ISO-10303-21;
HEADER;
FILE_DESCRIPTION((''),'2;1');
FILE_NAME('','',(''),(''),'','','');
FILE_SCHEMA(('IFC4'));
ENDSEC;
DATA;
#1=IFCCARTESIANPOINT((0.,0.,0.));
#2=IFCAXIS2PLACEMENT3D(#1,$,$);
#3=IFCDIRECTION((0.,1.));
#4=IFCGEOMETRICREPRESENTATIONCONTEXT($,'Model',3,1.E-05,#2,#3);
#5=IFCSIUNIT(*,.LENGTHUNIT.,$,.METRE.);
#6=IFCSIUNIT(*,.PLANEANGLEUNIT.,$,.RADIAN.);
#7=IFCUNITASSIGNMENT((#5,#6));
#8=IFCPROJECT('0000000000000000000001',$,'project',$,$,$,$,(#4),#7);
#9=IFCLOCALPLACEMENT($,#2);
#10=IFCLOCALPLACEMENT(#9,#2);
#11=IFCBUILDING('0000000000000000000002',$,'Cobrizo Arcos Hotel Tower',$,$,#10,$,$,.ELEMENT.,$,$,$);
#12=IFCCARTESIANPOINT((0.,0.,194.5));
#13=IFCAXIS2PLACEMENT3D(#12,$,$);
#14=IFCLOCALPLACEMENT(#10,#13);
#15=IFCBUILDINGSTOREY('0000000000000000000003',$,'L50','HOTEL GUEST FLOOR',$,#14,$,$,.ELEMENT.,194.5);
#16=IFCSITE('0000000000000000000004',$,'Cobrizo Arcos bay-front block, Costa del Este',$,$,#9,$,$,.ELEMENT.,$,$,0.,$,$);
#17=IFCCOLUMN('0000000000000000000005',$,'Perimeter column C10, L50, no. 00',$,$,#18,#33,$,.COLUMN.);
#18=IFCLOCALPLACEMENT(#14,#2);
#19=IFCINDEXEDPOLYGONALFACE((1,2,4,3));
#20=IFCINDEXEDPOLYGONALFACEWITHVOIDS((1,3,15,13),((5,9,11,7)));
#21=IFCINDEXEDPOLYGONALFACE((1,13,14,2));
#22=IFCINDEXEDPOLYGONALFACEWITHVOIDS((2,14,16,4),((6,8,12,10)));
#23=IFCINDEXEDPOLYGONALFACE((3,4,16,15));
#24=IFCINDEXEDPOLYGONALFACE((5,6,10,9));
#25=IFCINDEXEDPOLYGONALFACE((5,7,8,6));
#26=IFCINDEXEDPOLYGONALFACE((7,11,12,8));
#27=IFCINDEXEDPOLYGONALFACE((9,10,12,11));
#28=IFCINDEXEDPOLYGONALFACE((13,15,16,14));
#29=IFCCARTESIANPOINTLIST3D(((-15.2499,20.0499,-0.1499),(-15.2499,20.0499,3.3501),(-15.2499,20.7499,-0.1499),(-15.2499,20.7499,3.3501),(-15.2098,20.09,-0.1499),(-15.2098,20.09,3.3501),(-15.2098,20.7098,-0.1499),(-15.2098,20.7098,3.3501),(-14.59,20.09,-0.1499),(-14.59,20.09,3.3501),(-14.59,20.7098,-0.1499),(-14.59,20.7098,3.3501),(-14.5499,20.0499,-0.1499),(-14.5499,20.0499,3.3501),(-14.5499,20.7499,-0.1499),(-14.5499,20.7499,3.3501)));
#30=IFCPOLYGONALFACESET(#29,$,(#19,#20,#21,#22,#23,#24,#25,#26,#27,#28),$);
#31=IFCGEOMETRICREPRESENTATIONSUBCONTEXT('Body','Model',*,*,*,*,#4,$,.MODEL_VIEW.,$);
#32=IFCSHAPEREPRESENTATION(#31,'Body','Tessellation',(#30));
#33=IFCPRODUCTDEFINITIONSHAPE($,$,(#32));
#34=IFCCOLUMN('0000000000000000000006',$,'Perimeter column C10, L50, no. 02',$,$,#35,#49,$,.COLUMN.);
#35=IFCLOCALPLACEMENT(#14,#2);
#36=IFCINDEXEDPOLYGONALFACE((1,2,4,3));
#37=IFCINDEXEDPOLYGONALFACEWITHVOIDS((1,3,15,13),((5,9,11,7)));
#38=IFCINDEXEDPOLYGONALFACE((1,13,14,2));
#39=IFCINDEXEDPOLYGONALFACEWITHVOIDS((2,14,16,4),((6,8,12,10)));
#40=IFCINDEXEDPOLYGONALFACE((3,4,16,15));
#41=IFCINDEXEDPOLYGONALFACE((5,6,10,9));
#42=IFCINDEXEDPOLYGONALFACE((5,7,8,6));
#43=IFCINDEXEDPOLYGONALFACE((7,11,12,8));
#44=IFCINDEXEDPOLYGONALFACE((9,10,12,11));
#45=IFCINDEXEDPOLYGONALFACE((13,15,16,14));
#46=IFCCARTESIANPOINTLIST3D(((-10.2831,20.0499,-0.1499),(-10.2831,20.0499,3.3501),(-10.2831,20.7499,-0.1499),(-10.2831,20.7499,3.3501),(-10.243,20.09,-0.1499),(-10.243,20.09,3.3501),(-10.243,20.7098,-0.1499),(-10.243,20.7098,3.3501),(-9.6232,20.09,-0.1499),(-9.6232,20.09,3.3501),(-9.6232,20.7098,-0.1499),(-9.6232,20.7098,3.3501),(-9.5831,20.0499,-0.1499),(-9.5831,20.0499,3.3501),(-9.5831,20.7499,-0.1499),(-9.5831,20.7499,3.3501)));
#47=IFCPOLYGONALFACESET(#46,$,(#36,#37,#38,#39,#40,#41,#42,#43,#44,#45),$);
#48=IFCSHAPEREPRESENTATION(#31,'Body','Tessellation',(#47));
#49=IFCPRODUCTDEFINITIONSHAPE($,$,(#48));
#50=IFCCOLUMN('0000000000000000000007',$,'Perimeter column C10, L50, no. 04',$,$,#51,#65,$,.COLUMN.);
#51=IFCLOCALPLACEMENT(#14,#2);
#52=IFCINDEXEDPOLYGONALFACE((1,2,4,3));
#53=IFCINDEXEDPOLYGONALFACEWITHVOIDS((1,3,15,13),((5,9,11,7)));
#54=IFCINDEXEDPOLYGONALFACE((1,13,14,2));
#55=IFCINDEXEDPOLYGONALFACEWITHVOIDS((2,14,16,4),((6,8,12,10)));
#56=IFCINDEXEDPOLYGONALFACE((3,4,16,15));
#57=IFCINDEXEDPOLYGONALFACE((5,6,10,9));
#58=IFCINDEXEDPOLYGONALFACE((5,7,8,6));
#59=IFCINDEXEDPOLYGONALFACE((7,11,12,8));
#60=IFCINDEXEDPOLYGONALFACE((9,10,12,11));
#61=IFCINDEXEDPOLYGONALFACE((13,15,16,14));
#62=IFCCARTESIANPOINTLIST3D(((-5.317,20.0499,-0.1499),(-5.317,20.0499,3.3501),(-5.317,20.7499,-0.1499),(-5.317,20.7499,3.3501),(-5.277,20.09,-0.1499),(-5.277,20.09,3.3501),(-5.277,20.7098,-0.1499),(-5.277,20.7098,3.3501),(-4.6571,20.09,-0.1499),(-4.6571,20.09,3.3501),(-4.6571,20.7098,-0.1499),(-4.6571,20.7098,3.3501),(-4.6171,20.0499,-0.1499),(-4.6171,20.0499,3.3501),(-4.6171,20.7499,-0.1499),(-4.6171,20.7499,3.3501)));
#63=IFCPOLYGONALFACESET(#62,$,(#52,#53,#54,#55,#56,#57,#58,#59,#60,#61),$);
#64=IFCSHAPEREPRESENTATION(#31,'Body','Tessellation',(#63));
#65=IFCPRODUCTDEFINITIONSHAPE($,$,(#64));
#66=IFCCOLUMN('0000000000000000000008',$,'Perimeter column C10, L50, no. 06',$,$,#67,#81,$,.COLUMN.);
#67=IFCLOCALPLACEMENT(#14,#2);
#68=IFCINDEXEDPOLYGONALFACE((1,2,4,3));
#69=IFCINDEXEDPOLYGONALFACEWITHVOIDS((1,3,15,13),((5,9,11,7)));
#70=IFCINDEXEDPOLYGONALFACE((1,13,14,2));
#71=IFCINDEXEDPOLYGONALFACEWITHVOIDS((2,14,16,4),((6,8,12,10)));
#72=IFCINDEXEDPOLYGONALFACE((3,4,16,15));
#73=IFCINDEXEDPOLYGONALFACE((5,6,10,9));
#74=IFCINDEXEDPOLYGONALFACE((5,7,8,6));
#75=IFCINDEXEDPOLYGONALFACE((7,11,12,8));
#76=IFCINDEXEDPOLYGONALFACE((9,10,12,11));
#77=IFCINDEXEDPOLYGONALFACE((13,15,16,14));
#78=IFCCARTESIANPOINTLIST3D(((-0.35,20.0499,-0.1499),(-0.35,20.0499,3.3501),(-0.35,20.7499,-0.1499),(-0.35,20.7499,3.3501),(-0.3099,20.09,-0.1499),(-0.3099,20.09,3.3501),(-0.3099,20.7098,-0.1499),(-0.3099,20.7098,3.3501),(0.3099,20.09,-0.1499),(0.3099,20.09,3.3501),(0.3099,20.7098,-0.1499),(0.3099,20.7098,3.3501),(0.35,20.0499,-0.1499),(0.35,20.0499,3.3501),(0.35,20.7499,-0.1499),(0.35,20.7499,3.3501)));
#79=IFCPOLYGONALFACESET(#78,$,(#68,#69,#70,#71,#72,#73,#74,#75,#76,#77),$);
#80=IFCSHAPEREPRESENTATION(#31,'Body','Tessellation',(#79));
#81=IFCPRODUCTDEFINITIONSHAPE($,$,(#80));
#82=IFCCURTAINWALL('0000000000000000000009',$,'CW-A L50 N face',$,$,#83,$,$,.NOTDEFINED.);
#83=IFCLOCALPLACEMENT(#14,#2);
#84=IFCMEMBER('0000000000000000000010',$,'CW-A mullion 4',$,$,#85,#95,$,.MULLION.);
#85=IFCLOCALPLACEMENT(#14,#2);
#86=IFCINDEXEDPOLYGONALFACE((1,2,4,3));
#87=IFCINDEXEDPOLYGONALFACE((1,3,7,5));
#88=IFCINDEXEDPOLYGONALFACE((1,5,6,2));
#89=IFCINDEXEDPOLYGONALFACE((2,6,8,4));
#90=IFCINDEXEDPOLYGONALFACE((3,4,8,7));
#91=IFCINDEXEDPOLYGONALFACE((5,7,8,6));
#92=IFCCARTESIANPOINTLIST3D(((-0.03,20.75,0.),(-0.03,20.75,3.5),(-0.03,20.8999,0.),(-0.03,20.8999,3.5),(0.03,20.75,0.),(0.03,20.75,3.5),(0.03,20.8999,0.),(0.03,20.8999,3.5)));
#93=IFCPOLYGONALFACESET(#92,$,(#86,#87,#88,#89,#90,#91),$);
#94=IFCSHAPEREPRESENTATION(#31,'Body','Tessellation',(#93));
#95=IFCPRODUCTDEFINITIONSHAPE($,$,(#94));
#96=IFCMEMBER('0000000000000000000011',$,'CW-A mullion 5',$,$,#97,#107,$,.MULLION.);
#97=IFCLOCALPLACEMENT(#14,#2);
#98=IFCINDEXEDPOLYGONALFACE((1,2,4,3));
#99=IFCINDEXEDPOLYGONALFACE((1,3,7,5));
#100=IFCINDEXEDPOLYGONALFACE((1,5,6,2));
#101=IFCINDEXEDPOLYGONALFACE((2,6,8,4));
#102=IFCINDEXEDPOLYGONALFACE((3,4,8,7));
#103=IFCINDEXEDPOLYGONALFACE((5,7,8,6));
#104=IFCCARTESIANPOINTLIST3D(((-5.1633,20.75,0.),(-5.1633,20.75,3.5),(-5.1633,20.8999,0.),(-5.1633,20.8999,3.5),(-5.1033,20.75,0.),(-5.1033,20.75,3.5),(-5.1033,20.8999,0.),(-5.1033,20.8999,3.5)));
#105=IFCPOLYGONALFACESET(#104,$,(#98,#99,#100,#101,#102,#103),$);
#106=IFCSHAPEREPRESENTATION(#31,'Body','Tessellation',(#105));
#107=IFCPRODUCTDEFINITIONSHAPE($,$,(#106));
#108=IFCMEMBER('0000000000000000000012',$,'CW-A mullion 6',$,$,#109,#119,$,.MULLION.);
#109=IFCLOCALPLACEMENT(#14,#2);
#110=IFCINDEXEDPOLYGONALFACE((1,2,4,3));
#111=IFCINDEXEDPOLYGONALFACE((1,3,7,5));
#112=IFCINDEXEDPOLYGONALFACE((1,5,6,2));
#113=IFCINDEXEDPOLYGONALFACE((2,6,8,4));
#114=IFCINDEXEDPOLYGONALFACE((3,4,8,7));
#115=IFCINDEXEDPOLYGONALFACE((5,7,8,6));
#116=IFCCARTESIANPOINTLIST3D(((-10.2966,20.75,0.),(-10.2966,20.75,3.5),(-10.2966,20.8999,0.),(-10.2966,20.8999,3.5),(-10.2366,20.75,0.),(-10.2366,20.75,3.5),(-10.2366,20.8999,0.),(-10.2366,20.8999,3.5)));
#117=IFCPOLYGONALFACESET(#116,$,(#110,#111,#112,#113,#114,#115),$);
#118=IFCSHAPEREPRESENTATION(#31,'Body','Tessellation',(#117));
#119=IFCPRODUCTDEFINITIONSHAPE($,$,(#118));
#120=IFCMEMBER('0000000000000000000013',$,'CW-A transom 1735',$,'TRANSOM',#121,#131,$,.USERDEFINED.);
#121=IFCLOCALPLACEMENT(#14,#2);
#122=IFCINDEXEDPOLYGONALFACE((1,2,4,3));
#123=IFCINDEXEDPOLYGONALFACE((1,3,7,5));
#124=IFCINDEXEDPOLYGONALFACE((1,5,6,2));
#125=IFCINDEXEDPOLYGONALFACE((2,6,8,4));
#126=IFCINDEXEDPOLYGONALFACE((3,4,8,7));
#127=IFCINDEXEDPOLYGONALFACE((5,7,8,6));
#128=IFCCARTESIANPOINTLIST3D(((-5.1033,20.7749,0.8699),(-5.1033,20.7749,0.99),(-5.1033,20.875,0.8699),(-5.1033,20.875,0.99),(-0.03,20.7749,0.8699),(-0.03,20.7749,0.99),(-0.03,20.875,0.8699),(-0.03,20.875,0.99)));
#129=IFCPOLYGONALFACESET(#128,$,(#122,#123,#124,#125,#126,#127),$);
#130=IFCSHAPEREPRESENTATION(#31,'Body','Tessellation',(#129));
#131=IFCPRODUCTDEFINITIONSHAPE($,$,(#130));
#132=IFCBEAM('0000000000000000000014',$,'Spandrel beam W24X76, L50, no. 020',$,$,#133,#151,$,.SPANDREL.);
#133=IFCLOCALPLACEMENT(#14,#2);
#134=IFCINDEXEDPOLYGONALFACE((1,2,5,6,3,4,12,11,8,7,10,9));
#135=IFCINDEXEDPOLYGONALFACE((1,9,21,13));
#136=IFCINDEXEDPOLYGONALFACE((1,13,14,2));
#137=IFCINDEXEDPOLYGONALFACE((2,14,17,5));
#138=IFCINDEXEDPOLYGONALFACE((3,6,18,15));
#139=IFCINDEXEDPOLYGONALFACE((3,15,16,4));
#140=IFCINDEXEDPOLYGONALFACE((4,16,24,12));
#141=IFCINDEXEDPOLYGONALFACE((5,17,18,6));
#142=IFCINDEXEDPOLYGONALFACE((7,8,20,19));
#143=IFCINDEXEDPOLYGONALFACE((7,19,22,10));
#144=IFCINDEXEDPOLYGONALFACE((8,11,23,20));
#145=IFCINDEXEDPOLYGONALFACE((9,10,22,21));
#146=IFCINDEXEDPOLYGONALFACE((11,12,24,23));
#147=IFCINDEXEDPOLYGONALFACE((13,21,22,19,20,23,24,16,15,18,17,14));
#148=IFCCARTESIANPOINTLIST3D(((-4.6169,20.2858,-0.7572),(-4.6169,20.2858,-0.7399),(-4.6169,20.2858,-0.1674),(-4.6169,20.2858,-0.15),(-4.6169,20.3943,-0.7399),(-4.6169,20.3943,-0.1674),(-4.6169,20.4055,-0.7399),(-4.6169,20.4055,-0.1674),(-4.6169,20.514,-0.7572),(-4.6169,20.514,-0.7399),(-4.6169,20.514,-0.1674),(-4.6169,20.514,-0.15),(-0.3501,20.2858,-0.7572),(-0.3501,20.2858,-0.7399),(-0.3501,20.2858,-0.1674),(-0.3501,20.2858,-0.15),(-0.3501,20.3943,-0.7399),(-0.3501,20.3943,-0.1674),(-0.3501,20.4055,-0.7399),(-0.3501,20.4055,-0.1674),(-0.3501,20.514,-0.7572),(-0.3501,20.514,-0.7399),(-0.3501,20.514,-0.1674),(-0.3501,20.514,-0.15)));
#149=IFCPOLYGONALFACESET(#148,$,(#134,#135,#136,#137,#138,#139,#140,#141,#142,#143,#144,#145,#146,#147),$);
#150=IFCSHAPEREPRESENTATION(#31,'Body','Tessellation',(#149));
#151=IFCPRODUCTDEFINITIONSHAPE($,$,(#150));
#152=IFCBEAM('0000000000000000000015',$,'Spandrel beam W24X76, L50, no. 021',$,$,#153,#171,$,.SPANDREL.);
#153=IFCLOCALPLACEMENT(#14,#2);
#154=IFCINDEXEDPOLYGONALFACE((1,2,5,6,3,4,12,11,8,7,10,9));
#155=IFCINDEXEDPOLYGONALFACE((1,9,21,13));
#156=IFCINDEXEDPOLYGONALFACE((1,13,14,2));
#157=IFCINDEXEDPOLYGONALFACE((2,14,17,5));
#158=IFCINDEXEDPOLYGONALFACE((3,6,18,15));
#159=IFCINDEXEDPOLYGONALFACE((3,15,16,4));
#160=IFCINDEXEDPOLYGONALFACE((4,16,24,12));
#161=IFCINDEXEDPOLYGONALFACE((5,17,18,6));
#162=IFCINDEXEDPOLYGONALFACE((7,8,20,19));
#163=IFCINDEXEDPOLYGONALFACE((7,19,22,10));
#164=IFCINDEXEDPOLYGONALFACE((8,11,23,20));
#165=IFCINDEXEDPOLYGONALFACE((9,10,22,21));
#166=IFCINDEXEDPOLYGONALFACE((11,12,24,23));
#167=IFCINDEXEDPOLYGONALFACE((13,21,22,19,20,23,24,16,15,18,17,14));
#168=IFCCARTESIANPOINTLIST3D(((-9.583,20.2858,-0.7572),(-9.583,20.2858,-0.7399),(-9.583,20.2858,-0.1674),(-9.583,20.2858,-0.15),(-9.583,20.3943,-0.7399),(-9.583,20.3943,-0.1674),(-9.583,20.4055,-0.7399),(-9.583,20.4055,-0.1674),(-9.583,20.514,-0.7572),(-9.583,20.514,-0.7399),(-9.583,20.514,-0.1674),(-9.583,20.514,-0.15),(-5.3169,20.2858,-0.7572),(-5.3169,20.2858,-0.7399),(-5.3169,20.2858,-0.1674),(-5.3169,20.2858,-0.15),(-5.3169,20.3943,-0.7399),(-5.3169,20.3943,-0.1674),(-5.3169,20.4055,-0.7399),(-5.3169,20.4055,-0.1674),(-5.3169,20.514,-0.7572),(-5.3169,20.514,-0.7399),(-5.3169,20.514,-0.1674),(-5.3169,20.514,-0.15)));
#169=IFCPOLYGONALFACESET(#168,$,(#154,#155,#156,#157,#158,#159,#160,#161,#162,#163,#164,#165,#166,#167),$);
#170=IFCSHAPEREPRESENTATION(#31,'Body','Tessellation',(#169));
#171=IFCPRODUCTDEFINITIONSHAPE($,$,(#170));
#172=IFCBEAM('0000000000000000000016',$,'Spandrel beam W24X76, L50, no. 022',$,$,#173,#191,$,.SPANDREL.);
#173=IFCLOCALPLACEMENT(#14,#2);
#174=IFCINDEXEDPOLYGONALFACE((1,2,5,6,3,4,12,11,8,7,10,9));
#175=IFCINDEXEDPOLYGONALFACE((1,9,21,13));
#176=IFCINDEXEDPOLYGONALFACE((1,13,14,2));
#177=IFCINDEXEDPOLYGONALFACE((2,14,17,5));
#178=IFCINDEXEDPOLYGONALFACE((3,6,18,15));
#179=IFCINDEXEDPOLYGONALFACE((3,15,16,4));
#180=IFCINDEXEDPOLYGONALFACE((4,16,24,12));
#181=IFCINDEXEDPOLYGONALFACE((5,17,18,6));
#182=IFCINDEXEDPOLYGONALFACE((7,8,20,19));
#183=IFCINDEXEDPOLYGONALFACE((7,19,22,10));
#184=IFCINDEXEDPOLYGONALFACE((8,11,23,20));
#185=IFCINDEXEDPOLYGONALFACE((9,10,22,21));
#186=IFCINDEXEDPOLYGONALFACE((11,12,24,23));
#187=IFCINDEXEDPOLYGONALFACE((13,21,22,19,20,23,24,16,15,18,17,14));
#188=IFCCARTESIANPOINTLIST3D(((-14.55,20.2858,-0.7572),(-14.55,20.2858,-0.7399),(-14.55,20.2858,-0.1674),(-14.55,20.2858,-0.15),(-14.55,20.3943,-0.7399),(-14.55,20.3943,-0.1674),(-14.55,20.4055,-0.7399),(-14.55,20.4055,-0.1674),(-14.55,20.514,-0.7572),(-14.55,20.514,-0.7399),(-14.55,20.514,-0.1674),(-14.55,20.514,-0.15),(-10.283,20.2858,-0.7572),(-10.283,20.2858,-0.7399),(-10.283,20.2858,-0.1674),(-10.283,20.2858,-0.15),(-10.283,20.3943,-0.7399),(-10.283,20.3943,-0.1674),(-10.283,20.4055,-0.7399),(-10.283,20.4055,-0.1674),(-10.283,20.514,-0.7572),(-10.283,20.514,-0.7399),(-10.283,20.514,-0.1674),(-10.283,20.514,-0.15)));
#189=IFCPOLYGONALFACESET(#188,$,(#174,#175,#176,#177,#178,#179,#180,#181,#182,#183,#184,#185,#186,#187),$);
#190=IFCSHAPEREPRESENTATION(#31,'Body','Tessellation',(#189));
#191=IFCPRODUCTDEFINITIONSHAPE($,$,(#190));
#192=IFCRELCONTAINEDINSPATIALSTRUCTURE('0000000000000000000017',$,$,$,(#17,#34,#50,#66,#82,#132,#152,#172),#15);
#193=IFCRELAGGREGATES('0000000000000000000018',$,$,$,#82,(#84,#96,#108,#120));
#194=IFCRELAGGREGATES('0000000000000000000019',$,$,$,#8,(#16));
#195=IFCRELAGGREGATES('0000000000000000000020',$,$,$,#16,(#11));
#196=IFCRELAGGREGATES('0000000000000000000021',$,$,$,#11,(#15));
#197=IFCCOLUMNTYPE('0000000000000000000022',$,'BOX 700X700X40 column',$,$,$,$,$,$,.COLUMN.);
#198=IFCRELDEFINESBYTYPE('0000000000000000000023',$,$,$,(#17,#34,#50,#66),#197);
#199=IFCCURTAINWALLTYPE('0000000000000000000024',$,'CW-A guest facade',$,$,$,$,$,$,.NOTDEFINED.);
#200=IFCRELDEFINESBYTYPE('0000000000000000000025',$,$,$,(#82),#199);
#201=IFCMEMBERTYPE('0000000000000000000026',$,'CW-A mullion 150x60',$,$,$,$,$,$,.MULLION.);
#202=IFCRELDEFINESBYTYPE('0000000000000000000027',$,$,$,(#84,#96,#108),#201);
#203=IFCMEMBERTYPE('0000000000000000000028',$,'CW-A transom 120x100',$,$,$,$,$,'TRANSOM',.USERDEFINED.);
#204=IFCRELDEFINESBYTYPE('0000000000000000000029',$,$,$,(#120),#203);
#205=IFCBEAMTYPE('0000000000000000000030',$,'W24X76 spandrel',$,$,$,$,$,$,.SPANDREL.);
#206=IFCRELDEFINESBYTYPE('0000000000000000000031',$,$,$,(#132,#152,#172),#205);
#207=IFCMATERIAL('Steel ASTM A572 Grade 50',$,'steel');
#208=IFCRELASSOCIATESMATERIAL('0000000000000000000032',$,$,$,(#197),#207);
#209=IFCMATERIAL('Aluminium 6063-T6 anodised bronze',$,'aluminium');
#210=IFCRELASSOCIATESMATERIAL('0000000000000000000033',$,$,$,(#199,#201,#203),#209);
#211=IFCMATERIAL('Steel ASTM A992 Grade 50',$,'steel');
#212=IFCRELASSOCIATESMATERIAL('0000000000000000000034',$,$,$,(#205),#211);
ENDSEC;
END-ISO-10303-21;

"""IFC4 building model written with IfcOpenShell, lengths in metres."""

from ifc_helpers import new_model, si_unit, direction, frame, origin, origin_2d, place, context, subcontext, project, spatial, rectangle, hollow_rectangle, i_section, extrude, material, material_profile, profile_set, type_object, element, aggregate, save


model = new_model("IFC4")

# Units and contexts
model_context = context("Model", 3, precision=1e-05, world=origin(), true_north=direction((0.0, 1.0)))
body_context = subcontext(model_context, "Body", "Model", "MODEL_VIEW")
ifc_project = project(units=[si_unit("LENGTHUNIT", "METRE"), si_unit("PLANEANGLEUNIT", "RADIAN")], contexts=[model_context])

# Site, building, storey
site_placement = place(None, origin())
site = spatial("IfcSite", under=ifc_project, at=site_placement, Name="Cobrizo Arcos bay-front block, Costa del Este", CompositionType="ELEMENT", RefElevation=0.0)
building_placement = place(site_placement, origin())
building = spatial("IfcBuilding", under=site, at=building_placement, Name="Cobrizo Arcos Hotel Tower", CompositionType="ELEMENT")
storey_placement = place(building_placement, frame((0.0, 0.0, 194.5)))
storey = spatial("IfcBuildingStorey", under=building, at=storey_placement, Name="L50", Description="HOTEL GUEST FLOOR", CompositionType="ELEMENT", Elevation=194.5)

# Columns
ifc_material_1 = material(Name="Steel ASTM A572 Grade 50", Category="steel")
ifc_material_profile_1 = material_profile(ifc_material_1, hollow_rectangle(XDim=0.7, YDim=0.7, WallThickness=0.04, at=origin_2d()), Name="BOX 700X700X40")
ifc_profile_set_1 = profile_set([ifc_material_profile_1], Name="Steel ASTM A572 Grade 50")
column_type = type_object("IfcColumnType", Name="BOX 700X700X40 column", PredefinedType="COLUMN", material=ifc_profile_set_1)
for number, where, z_axis, x_axis, name in (
    (1, (-14.8999, 20.3999, -0.1499), (0.0, 0.0, 1.0), (1.0, 0.0, 0.0), "Perimeter column C10, L50, no. 00"),
    (2, (-9.9331, 20.3999, -0.1499), (0.0, 0.0, 1.0), (1.0, 0.0, 0.0), "Perimeter column C10, L50, no. 02"),
    (3, (-4.967, 20.3999, -0.1499), (0.0, 0.0, 1.0), (1.0, 0.0, 0.0), "Perimeter column C10, L50, no. 04"),
    (4, (0.0, 20.3999, -0.1499), (0.0, 0.0, 1.0), (1.0, 0.0, 0.0), "Perimeter column C10, L50, no. 06"),
):
    element("IfcColumn", number, at=place(storey_placement, frame(where, z_axis=z_axis, x_axis=x_axis)), inside=storey, type_object=column_type, Name=name, PredefinedType="COLUMN", context=body_context, shape_type="SweptSolid", body=[
        extrude(hollow_rectangle(XDim=0.7, YDim=0.7, WallThickness=0.04, at=origin_2d()), origin(), (0.0, 0.0, 1.0), 3.5),
    ])

# Curtain wall, members
ifc_material_2 = material(Name="Aluminium 6063-T6 anodised bronze", Category="aluminium")
curtain_wall_type = type_object("IfcCurtainWallType", Name="CW-A guest facade", PredefinedType="NOTDEFINED", material=ifc_material_2)
curtain_wall_placement = place(storey_placement, origin())
curtain_wall = element("IfcCurtainWall", 5, at=curtain_wall_placement, inside=storey, type_object=curtain_wall_type, Name="CW-A L50 N face", PredefinedType="NOTDEFINED")
ifc_material_profile_2 = material_profile(ifc_material_2, rectangle(XDim=0.1499, YDim=0.0601, at=origin_2d()), Name="CW-A mullion 150x60")
ifc_profile_set_2 = profile_set([ifc_material_profile_2], Name="Aluminium 6063-T6 anodised bronze")
member_type_1 = type_object("IfcMemberType", Name="CW-A mullion 150x60", PredefinedType="MULLION", material=ifc_profile_set_2)
member_1_placement = place(storey_placement, frame((0.0, 20.825, 0.0), z_axis=(0.0, 0.0, 1.0), x_axis=(0.0, 1.0, 0.0)))
member_1 = element("IfcMember", 6, at=member_1_placement, type_object=member_type_1, Name="CW-A mullion 4", PredefinedType="MULLION", context=body_context, shape_type="SweptSolid", body=[
    extrude(rectangle(XDim=0.1499, YDim=0.0601, at=origin_2d()), origin(), (0.0, 0.0, 1.0), 3.5),
])
member_2_placement = place(storey_placement, frame((-5.1333, 20.825, 0.0), z_axis=(0.0, 0.0, 1.0), x_axis=(0.0, 1.0, 0.0)))
member_2 = element("IfcMember", 7, at=member_2_placement, type_object=member_type_1, Name="CW-A mullion 5", PredefinedType="MULLION", context=body_context, shape_type="SweptSolid", body=[
    extrude(rectangle(XDim=0.1499, YDim=0.0601, at=origin_2d()), origin(), (0.0, 0.0, 1.0), 3.5),
])
member_3_placement = place(storey_placement, frame((-10.2666, 20.825, 0.0), z_axis=(0.0, 0.0, 1.0), x_axis=(0.0, 1.0, 0.0)))
member_3 = element("IfcMember", 8, at=member_3_placement, type_object=member_type_1, Name="CW-A mullion 6", PredefinedType="MULLION", context=body_context, shape_type="SweptSolid", body=[
    extrude(rectangle(XDim=0.1499, YDim=0.0601, at=origin_2d()), origin(), (0.0, 0.0, 1.0), 3.5),
])
ifc_material_profile_3 = material_profile(ifc_material_2, rectangle(XDim=0.1001, YDim=0.1201, at=origin_2d()), Name="CW-A transom 120x100")
ifc_profile_set_3 = profile_set([ifc_material_profile_3], Name="Aluminium 6063-T6 anodised bronze")
member_type_2 = type_object("IfcMemberType", Name="CW-A transom 120x100", ElementType="TRANSOM", PredefinedType="USERDEFINED", material=ifc_profile_set_3)
member_4_placement = place(storey_placement, frame((-0.03, 20.825, 0.9299), z_axis=(-1.0, 0.0, 0.0), x_axis=(0.0, -1.0, 0.0)))
member_4 = element("IfcMember", 9, at=member_4_placement, type_object=member_type_2, Name="CW-A transom 1735", ObjectType="TRANSOM", PredefinedType="USERDEFINED", context=body_context, shape_type="SweptSolid", body=[
    extrude(rectangle(XDim=0.1001, YDim=0.1201, at=origin_2d()), origin(), (0.0, 0.0, 1.0), 5.0732),
])

# Beams
ifc_material_3 = material(Name="Steel ASTM A992 Grade 50", Category="steel")
ifc_material_profile_4 = material_profile(ifc_material_3, i_section(OverallWidth=0.2283, OverallDepth=0.6072, WebThickness=0.0112, FlangeThickness=0.0173, at=origin_2d()), Name="W24X76")
ifc_profile_set_4 = profile_set([ifc_material_profile_4], Name="Steel ASTM A992 Grade 50")
beam_type = type_object("IfcBeamType", Name="W24X76 spandrel", PredefinedType="SPANDREL", material=ifc_profile_set_4)
beam_1_placement = place(storey_placement, frame((-0.3501, 20.3999, -0.4536), z_axis=(-1.0, 0.0, 0.0), x_axis=(0.0, -1.0, 0.0)))
element("IfcBeam", 10, at=beam_1_placement, inside=storey, type_object=beam_type, Name="Spandrel beam W24X76, L50, no. 020", PredefinedType="SPANDREL", context=body_context, shape_type="SweptSolid", body=[
    extrude(i_section(OverallWidth=0.2283, OverallDepth=0.6072, WebThickness=0.0112, FlangeThickness=0.0173, at=origin_2d()), origin(), (0.0, 0.0, 1.0), 4.2668),
])
beam_2_placement = place(storey_placement, frame((-5.3169, 20.3999, -0.4536), z_axis=(-1.0, 0.0, 0.0), x_axis=(0.0, -1.0, 0.0)))
element("IfcBeam", 11, at=beam_2_placement, inside=storey, type_object=beam_type, Name="Spandrel beam W24X76, L50, no. 021", PredefinedType="SPANDREL", context=body_context, shape_type="SweptSolid", body=[
    extrude(i_section(OverallWidth=0.2283, OverallDepth=0.6072, WebThickness=0.0112, FlangeThickness=0.0173, at=origin_2d()), origin(), (0.0, 0.0, 1.0), 4.2661),
])
beam_3_placement = place(storey_placement, frame((-10.283, 20.3999, -0.4536), z_axis=(-1.0, 0.0, 0.0), x_axis=(0.0, -1.0, 0.0)))
element("IfcBeam", 12, at=beam_3_placement, inside=storey, type_object=beam_type, Name="Spandrel beam W24X76, L50, no. 022", PredefinedType="SPANDREL", context=body_context, shape_type="SweptSolid", body=[
    extrude(i_section(OverallWidth=0.2283, OverallDepth=0.6072, WebThickness=0.0112, FlangeThickness=0.0173, at=origin_2d()), origin(), (0.0, 0.0, 1.0), 4.2671),
])

aggregate(curtain_wall, [member_1, member_2, member_3, member_4])

save(model, "model.ifc")
